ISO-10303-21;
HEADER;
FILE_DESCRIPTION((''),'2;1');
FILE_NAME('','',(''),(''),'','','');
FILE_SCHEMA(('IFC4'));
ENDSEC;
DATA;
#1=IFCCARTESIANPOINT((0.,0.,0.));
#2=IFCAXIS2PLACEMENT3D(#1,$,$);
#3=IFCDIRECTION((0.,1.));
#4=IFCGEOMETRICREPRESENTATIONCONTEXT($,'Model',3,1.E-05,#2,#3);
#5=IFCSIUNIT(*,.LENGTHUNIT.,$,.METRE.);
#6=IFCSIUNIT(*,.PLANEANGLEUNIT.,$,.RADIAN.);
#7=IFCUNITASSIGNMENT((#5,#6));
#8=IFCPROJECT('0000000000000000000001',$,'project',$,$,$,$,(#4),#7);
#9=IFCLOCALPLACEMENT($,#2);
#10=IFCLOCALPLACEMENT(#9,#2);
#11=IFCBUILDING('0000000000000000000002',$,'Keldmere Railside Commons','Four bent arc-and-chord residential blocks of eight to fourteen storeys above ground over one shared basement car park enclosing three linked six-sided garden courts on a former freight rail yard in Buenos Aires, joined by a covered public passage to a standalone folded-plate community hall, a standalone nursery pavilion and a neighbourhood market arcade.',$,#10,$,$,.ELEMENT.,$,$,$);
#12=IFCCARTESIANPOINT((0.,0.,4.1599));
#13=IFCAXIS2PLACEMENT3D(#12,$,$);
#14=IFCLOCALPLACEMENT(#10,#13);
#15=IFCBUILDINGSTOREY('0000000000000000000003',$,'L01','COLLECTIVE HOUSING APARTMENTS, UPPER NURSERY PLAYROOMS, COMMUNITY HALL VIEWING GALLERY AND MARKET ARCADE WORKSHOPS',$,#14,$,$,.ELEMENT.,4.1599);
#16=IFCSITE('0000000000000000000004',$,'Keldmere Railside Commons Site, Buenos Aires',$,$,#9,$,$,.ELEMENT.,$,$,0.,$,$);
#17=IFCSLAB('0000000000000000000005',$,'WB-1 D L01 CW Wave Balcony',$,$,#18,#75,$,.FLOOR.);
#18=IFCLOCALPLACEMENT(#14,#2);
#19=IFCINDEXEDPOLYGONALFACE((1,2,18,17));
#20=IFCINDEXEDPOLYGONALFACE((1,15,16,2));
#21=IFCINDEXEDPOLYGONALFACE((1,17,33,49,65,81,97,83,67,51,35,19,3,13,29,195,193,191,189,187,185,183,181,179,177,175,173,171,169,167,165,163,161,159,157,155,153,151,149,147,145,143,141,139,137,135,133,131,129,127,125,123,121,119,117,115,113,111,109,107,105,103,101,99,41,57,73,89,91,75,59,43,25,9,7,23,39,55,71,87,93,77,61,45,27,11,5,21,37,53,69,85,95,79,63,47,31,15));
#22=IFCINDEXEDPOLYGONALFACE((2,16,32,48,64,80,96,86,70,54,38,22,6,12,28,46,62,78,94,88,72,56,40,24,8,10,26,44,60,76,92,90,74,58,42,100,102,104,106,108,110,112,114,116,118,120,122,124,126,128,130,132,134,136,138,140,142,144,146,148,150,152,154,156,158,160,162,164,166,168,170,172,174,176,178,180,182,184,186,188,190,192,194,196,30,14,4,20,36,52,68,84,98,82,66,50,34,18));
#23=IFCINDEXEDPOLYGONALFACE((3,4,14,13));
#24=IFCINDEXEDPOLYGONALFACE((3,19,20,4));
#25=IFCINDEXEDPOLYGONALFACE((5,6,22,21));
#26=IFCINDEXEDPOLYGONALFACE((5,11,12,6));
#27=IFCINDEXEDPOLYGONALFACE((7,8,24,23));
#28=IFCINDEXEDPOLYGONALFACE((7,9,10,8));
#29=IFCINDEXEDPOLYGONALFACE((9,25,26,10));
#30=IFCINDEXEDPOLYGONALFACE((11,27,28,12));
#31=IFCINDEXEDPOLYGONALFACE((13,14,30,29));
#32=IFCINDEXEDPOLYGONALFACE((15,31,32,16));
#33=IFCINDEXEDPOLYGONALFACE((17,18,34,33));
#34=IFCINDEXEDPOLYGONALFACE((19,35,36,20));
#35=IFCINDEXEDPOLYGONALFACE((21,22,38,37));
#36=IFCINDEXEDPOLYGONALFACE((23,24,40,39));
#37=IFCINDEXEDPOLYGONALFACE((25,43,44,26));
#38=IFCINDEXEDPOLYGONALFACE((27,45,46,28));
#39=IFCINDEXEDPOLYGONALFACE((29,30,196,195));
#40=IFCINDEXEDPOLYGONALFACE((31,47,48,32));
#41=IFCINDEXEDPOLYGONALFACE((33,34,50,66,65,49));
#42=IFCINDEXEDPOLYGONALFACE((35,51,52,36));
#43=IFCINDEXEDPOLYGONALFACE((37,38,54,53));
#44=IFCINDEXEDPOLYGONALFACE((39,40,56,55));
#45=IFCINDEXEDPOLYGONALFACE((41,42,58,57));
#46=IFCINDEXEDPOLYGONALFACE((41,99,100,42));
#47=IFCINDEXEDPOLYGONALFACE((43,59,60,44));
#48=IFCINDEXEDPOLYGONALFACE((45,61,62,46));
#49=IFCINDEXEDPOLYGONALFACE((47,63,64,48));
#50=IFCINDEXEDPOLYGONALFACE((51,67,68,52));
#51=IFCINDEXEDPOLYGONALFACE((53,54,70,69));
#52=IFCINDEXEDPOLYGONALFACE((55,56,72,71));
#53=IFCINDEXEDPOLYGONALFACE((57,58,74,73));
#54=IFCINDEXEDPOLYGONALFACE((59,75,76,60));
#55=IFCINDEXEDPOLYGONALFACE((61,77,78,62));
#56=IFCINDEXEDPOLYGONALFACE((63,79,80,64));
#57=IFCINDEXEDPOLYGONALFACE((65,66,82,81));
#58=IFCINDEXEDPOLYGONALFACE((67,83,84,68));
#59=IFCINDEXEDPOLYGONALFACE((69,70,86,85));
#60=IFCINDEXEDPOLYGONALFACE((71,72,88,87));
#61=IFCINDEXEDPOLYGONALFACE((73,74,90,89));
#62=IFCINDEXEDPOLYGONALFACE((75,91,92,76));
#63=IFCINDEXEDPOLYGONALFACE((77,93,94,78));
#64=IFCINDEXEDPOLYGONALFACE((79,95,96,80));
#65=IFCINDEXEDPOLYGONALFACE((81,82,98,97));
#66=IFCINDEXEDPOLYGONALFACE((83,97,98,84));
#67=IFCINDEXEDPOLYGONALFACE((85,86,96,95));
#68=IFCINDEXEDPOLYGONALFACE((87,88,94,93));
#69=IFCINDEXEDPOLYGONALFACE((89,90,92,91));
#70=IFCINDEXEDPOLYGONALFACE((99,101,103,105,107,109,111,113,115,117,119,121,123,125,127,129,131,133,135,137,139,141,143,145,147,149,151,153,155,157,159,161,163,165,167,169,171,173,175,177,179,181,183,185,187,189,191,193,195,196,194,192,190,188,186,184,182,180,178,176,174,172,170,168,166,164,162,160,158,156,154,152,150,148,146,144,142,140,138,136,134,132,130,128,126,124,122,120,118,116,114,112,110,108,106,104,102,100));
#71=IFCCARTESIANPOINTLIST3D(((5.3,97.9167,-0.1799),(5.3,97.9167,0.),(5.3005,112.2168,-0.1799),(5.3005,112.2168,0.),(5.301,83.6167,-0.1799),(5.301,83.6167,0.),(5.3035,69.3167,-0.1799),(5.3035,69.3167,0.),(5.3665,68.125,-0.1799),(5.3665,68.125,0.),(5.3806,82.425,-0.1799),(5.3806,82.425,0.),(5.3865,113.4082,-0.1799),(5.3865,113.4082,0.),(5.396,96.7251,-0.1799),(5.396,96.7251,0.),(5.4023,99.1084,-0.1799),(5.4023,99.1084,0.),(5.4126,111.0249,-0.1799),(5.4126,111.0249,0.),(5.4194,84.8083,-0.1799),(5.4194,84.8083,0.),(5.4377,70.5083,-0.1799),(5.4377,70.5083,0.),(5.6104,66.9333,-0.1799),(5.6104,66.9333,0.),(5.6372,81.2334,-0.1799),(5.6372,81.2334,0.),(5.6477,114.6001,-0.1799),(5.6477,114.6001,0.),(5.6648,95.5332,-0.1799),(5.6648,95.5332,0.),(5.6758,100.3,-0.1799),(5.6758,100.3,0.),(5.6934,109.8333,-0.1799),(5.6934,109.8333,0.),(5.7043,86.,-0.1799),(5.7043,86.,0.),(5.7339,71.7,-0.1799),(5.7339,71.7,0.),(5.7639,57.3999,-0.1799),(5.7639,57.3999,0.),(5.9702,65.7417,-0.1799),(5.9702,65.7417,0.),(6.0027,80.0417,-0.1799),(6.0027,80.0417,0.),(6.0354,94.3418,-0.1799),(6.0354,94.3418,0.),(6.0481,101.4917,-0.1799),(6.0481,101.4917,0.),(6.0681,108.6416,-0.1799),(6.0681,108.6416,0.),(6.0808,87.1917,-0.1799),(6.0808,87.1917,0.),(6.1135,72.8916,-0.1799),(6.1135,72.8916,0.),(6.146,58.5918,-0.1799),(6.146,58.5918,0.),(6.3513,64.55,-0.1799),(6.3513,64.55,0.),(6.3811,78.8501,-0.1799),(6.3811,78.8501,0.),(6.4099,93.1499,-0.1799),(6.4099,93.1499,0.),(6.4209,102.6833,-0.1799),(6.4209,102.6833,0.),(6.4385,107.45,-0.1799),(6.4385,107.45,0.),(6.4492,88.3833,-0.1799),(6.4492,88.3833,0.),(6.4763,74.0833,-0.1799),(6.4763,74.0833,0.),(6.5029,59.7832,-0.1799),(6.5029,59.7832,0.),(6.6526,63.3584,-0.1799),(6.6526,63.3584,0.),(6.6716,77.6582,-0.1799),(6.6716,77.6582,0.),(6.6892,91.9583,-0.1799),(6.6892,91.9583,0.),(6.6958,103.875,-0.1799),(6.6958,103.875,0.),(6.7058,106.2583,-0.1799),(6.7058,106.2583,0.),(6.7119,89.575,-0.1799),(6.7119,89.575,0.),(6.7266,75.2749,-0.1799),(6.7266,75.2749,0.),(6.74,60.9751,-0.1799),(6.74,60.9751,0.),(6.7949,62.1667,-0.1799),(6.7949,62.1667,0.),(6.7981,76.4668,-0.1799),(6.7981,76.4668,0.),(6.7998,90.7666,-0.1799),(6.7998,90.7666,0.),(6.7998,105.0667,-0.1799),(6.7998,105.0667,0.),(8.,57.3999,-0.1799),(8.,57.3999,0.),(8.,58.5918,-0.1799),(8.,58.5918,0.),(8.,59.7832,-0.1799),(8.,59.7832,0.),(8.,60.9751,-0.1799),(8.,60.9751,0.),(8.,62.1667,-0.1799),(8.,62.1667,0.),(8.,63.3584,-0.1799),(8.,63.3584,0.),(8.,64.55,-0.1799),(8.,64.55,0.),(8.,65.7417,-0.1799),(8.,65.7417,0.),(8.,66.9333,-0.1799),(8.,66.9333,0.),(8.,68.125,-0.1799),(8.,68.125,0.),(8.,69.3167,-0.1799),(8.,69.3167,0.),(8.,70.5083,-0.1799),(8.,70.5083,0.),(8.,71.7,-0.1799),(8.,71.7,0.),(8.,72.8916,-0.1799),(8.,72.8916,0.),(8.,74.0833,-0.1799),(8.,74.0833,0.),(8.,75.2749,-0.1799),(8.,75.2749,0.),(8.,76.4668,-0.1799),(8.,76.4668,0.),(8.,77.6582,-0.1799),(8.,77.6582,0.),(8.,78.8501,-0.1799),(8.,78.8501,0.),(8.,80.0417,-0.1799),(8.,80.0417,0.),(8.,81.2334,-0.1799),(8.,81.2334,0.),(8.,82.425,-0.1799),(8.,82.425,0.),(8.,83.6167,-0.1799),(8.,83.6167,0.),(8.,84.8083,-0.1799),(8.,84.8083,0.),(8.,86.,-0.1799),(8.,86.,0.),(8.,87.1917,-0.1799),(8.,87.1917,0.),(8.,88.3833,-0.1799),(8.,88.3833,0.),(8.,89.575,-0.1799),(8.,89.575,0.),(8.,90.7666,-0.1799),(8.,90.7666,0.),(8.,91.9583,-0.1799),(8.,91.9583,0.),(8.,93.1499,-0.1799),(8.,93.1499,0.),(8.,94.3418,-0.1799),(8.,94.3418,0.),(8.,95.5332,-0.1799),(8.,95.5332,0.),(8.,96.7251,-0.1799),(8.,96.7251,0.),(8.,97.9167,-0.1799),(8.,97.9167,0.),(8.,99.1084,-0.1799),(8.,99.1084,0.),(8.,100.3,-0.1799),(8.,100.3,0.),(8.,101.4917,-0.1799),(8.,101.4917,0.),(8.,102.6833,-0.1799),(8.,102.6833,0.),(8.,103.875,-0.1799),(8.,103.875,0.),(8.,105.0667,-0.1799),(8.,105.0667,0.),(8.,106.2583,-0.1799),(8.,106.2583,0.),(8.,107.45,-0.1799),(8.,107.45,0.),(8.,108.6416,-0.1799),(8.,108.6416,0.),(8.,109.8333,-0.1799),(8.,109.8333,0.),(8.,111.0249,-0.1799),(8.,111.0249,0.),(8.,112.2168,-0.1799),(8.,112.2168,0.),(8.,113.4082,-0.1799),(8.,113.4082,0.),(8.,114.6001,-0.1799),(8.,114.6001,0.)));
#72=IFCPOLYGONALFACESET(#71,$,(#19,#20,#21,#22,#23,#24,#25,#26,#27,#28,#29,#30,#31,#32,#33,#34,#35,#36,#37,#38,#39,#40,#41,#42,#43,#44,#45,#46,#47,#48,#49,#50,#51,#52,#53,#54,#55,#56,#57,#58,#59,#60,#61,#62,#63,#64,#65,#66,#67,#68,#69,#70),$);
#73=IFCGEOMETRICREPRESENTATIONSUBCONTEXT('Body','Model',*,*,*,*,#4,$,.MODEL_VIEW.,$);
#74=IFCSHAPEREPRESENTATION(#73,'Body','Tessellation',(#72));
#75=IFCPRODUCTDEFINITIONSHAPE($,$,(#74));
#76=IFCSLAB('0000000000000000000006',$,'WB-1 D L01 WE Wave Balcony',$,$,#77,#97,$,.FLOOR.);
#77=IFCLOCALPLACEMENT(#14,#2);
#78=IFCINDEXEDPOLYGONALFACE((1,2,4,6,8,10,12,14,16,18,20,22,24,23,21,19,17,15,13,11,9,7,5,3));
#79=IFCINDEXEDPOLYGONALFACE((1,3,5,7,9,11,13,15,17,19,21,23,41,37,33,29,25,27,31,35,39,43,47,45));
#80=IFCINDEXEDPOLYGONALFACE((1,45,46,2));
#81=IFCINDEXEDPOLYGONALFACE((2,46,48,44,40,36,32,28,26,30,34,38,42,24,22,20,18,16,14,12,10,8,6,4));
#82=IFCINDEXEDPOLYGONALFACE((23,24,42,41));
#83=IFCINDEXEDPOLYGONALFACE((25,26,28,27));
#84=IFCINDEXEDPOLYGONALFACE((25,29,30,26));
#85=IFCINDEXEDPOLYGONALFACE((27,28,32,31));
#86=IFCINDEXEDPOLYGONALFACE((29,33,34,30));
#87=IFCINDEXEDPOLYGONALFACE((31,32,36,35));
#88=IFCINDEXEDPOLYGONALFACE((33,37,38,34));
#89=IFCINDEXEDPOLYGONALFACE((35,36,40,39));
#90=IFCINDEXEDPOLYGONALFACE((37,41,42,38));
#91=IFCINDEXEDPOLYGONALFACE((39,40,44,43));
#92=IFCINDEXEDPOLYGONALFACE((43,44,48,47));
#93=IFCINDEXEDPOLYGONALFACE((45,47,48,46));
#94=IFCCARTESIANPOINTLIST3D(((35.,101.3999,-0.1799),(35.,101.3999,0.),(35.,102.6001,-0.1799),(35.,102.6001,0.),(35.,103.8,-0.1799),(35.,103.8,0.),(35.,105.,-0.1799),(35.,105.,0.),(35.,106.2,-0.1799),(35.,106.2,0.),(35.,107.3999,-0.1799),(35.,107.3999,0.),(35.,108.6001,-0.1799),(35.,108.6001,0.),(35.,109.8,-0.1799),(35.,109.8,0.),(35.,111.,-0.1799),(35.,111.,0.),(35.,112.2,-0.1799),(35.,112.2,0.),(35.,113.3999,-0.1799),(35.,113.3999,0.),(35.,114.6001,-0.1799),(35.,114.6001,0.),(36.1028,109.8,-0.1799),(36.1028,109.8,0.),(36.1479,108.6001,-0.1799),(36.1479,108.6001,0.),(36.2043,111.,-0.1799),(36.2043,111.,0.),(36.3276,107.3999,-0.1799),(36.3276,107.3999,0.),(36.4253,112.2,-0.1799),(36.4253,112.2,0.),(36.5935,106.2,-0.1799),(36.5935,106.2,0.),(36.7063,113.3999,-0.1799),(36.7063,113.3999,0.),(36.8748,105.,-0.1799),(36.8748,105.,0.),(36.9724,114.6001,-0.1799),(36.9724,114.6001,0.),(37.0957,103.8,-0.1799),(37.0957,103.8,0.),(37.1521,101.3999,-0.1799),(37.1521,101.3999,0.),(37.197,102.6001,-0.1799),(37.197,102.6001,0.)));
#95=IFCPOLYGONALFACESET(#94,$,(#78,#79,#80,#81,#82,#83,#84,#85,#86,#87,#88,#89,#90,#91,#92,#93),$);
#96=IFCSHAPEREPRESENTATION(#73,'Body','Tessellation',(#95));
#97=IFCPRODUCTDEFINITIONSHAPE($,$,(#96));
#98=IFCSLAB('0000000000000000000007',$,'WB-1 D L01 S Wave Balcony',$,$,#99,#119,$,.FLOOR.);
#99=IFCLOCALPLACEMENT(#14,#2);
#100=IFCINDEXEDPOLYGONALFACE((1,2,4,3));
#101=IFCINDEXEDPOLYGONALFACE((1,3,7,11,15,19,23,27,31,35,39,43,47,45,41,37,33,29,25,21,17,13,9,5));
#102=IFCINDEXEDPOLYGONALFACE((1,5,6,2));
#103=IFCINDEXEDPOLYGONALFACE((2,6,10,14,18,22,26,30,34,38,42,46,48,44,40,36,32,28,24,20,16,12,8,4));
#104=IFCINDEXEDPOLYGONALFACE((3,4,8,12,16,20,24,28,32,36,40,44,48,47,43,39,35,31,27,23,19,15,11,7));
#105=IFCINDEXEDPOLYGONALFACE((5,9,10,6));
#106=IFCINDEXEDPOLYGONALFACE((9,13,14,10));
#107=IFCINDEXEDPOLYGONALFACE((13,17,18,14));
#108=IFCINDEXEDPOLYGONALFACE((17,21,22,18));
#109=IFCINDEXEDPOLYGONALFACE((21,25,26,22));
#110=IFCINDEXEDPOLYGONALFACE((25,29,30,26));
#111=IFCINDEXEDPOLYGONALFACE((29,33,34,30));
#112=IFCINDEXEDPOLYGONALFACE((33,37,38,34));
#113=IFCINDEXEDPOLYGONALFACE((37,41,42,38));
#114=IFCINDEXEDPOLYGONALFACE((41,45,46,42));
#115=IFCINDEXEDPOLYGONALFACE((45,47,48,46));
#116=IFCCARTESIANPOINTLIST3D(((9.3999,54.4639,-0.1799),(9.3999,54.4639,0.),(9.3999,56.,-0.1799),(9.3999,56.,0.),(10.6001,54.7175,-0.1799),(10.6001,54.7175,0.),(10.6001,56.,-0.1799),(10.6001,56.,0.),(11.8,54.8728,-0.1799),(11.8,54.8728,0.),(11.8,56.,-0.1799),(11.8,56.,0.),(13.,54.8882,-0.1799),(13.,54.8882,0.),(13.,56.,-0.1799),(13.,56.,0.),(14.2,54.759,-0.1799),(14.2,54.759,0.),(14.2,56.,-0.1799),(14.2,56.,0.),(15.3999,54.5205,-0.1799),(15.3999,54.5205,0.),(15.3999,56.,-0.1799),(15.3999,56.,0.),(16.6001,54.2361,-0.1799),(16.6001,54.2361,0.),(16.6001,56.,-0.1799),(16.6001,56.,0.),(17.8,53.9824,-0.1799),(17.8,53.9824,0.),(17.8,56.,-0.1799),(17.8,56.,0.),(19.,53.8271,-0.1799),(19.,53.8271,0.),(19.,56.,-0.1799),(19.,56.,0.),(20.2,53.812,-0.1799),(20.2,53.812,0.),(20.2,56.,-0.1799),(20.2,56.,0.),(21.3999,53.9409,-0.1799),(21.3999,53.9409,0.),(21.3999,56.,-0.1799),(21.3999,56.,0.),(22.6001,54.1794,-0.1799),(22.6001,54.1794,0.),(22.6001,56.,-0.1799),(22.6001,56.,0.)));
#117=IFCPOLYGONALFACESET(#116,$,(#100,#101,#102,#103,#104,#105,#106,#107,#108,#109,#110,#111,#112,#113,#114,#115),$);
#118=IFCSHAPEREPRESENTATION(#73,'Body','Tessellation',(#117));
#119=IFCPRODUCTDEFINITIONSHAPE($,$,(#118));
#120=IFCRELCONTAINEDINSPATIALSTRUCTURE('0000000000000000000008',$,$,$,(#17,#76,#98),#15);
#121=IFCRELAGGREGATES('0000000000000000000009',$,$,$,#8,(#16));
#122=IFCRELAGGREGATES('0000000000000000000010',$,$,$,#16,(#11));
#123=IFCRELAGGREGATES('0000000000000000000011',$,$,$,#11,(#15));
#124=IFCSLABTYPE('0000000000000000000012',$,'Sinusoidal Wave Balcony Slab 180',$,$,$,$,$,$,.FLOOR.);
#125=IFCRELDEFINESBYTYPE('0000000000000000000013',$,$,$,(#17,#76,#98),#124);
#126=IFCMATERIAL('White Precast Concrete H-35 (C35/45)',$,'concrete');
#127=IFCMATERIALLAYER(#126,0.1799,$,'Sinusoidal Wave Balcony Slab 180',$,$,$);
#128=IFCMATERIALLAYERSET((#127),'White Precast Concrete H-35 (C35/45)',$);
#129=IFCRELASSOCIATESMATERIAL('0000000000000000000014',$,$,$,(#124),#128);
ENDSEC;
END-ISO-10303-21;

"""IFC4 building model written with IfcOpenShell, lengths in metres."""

from ifc_helpers import new_model, si_unit, direction, frame, origin, place, context, subcontext, project, spatial, polyline, outline, extrude, material, layer, layer_set, type_object, element, save


model = new_model("IFC4")

# Units and contexts
model_context = context("Model", 3, precision=1e-05, world=origin(), true_north=direction((0.0, 1.0)))
body_context = subcontext(model_context, "Body", "Model", "MODEL_VIEW")
ifc_project = project(units=[si_unit("LENGTHUNIT", "METRE"), si_unit("PLANEANGLEUNIT", "RADIAN")], contexts=[model_context])

# Site, building, storey
site_placement = place(None, origin())
site = spatial("IfcSite", under=ifc_project, at=site_placement, Name="Keldmere Railside Commons Site, Buenos Aires", CompositionType="ELEMENT", RefElevation=0.0)
building_placement = place(site_placement, origin())
building = spatial("IfcBuilding", under=site, at=building_placement, Name="Keldmere Railside Commons", Description="Four bent arc-and-chord residential blocks of eight to fourteen storeys above ground over one shared basement car park enclosing three linked six-sided garden courts on a former freight rail yard in Buenos Aires, joined by a covered public passage to a standalone folded-plate community hall, a standalone nursery pavilion and a neighbourhood market arcade.", CompositionType="ELEMENT")
storey_placement = place(building_placement, frame((0.0, 0.0, 4.1599)))
storey = spatial("IfcBuildingStorey", under=building, at=storey_placement, Name="L01", Description="COLLECTIVE HOUSING APARTMENTS, UPPER NURSERY PLAYROOMS, COMMUNITY HALL VIEWING GALLERY AND MARKET ARCADE WORKSHOPS", CompositionType="ELEMENT", Elevation=4.1599)

# Slabs
ifc_material_1 = material(Name="White Precast Concrete H-35 (C35/45)", Category="concrete")
ifc_layer_1 = layer(ifc_material_1, 0.1799, Name="Sinusoidal Wave Balcony Slab 180")
ifc_layer_set_1 = layer_set([ifc_layer_1], Name="White Precast Concrete H-35 (C35/45)")
slab_type_1 = type_object("IfcSlabType", Name="Sinusoidal Wave Balcony Slab 180", PredefinedType="FLOOR", material=ifc_layer_set_1)
slab_1_placement = place(storey_placement, frame((0.0, 0.0, -0.1799)))
element("IfcSlab", 1, at=slab_1_placement, inside=storey, type_object=slab_type_1, Name="WB-1 D L01 CW Wave Balcony", PredefinedType="FLOOR", context=body_context, shape_type="SweptSolid", body=[
    extrude(outline(polyline([(8.0, 57.3999), (8.0, 58.5918), (8.0, 59.7832), (8.0, 60.9751), (8.0, 62.1667), (8.0, 63.3584), (8.0, 64.55), (8.0, 65.7417), (8.0, 66.9333), (8.0, 68.125), (8.0, 69.3167), (8.0, 70.5083), (8.0, 71.7), (8.0, 72.8916), (8.0, 74.0833), (8.0, 75.2749), (8.0, 76.4668), (8.0, 77.6582), (8.0, 78.8501), (8.0, 80.0417), (8.0, 81.2334), (8.0, 82.425), (8.0, 83.6167), (8.0, 84.8083), (8.0, 86.0), (8.0, 87.1917), (8.0, 88.3833), (8.0, 89.575), (8.0, 90.7666), (8.0, 91.9583), (8.0, 93.1499), (8.0, 94.3418), (8.0, 95.5332), (8.0, 96.7251), (8.0, 97.9167), (8.0, 99.1084), (8.0, 100.3), (8.0, 101.4917), (8.0, 102.6833), (8.0, 103.875), (8.0, 105.0667), (8.0, 106.2583), (8.0, 107.45), (8.0, 108.6416), (8.0, 109.8333), (8.0, 111.0249), (8.0, 112.2168), (8.0, 113.4082), (8.0, 114.6001), (5.6477, 114.6001), (5.3865, 113.4082), (5.3005, 112.2168), (5.4126, 111.0249), (5.6934, 109.8333), (6.0681, 108.6416), (6.4385, 107.45), (6.7058, 106.2583), (6.7998, 105.0667), (6.6958, 103.875), (6.4209, 102.6833), (6.0481, 101.4917), (5.6758, 100.3), (5.4023, 99.1084), (5.3, 97.9167), (5.396, 96.7251), (5.6648, 95.5332), (6.0354, 94.3418), (6.4099, 93.1499), (6.6892, 91.9583), (6.7998, 90.7666), (6.7119, 89.575), (6.4492, 88.3833), (6.0808, 87.1917), (5.7043, 86.0), (5.4194, 84.8083), (5.301, 83.6167), (5.3806, 82.425), (5.6372, 81.2334), (6.0027, 80.0417), (6.3811, 78.8501), (6.6716, 77.6582), (6.7981, 76.4668), (6.7266, 75.2749), (6.4763, 74.0833), (6.1135, 72.8916), (5.7339, 71.7), (5.4377, 70.5083), (5.3035, 69.3167), (5.3665, 68.125), (5.6104, 66.9333), (5.9702, 65.7417), (6.3513, 64.55), (6.6526, 63.3584), (6.7949, 62.1667), (6.74, 60.9751), (6.5029, 59.7832), (6.146, 58.5918), (5.7639, 57.3999), (8.0, 57.3999)])), origin(), (0.0, 0.0, 1.0), 0.1799),
])
slab_2_placement = place(storey_placement, frame((0.0, 0.0, -0.1799)))
element("IfcSlab", 2, at=slab_2_placement, inside=storey, type_object=slab_type_1, Name="WB-1 D L01 WE Wave Balcony", PredefinedType="FLOOR", context=body_context, shape_type="SweptSolid", body=[
    extrude(outline(polyline([(37.1521, 101.3999), (37.197, 102.6001), (37.0957, 103.8), (36.8748, 105.0), (36.5935, 106.2), (36.3276, 107.3999), (36.1479, 108.6001), (36.1028, 109.8), (36.2043, 111.0), (36.4253, 112.2), (36.7063, 113.3999), (36.9724, 114.6001), (35.0, 114.6001), (35.0, 113.3999), (35.0, 112.2), (35.0, 111.0), (35.0, 109.8), (35.0, 108.6001), (35.0, 107.3999), (35.0, 106.2), (35.0, 105.0), (35.0, 103.8), (35.0, 102.6001), (35.0, 101.3999), (37.1521, 101.3999)])), origin(), (0.0, 0.0, 1.0), 0.1799),
])
slab_3_placement = place(storey_placement, frame((0.0, 0.0, -0.1799)))
element("IfcSlab", 3, at=slab_3_placement, inside=storey, type_object=slab_type_1, Name="WB-1 D L01 S Wave Balcony", PredefinedType="FLOOR", context=body_context, shape_type="SweptSolid", body=[
    extrude(outline(polyline([(9.3999, 54.4639), (10.6001, 54.7175), (11.8, 54.8728), (13.0, 54.8882), (14.2, 54.759), (15.3999, 54.5205), (16.6001, 54.2361), (17.8, 53.9824), (19.0, 53.8271), (20.2, 53.812), (21.3999, 53.9409), (22.6001, 54.1794), (22.6001, 56.0), (21.3999, 56.0), (20.2, 56.0), (19.0, 56.0), (17.8, 56.0), (16.6001, 56.0), (15.3999, 56.0), (14.2, 56.0), (13.0, 56.0), (11.8, 56.0), (10.6001, 56.0), (9.3999, 56.0), (9.3999, 54.4639)])), origin(), (0.0, 0.0, 1.0), 0.1799),
])

save(model, "model.ifc")
